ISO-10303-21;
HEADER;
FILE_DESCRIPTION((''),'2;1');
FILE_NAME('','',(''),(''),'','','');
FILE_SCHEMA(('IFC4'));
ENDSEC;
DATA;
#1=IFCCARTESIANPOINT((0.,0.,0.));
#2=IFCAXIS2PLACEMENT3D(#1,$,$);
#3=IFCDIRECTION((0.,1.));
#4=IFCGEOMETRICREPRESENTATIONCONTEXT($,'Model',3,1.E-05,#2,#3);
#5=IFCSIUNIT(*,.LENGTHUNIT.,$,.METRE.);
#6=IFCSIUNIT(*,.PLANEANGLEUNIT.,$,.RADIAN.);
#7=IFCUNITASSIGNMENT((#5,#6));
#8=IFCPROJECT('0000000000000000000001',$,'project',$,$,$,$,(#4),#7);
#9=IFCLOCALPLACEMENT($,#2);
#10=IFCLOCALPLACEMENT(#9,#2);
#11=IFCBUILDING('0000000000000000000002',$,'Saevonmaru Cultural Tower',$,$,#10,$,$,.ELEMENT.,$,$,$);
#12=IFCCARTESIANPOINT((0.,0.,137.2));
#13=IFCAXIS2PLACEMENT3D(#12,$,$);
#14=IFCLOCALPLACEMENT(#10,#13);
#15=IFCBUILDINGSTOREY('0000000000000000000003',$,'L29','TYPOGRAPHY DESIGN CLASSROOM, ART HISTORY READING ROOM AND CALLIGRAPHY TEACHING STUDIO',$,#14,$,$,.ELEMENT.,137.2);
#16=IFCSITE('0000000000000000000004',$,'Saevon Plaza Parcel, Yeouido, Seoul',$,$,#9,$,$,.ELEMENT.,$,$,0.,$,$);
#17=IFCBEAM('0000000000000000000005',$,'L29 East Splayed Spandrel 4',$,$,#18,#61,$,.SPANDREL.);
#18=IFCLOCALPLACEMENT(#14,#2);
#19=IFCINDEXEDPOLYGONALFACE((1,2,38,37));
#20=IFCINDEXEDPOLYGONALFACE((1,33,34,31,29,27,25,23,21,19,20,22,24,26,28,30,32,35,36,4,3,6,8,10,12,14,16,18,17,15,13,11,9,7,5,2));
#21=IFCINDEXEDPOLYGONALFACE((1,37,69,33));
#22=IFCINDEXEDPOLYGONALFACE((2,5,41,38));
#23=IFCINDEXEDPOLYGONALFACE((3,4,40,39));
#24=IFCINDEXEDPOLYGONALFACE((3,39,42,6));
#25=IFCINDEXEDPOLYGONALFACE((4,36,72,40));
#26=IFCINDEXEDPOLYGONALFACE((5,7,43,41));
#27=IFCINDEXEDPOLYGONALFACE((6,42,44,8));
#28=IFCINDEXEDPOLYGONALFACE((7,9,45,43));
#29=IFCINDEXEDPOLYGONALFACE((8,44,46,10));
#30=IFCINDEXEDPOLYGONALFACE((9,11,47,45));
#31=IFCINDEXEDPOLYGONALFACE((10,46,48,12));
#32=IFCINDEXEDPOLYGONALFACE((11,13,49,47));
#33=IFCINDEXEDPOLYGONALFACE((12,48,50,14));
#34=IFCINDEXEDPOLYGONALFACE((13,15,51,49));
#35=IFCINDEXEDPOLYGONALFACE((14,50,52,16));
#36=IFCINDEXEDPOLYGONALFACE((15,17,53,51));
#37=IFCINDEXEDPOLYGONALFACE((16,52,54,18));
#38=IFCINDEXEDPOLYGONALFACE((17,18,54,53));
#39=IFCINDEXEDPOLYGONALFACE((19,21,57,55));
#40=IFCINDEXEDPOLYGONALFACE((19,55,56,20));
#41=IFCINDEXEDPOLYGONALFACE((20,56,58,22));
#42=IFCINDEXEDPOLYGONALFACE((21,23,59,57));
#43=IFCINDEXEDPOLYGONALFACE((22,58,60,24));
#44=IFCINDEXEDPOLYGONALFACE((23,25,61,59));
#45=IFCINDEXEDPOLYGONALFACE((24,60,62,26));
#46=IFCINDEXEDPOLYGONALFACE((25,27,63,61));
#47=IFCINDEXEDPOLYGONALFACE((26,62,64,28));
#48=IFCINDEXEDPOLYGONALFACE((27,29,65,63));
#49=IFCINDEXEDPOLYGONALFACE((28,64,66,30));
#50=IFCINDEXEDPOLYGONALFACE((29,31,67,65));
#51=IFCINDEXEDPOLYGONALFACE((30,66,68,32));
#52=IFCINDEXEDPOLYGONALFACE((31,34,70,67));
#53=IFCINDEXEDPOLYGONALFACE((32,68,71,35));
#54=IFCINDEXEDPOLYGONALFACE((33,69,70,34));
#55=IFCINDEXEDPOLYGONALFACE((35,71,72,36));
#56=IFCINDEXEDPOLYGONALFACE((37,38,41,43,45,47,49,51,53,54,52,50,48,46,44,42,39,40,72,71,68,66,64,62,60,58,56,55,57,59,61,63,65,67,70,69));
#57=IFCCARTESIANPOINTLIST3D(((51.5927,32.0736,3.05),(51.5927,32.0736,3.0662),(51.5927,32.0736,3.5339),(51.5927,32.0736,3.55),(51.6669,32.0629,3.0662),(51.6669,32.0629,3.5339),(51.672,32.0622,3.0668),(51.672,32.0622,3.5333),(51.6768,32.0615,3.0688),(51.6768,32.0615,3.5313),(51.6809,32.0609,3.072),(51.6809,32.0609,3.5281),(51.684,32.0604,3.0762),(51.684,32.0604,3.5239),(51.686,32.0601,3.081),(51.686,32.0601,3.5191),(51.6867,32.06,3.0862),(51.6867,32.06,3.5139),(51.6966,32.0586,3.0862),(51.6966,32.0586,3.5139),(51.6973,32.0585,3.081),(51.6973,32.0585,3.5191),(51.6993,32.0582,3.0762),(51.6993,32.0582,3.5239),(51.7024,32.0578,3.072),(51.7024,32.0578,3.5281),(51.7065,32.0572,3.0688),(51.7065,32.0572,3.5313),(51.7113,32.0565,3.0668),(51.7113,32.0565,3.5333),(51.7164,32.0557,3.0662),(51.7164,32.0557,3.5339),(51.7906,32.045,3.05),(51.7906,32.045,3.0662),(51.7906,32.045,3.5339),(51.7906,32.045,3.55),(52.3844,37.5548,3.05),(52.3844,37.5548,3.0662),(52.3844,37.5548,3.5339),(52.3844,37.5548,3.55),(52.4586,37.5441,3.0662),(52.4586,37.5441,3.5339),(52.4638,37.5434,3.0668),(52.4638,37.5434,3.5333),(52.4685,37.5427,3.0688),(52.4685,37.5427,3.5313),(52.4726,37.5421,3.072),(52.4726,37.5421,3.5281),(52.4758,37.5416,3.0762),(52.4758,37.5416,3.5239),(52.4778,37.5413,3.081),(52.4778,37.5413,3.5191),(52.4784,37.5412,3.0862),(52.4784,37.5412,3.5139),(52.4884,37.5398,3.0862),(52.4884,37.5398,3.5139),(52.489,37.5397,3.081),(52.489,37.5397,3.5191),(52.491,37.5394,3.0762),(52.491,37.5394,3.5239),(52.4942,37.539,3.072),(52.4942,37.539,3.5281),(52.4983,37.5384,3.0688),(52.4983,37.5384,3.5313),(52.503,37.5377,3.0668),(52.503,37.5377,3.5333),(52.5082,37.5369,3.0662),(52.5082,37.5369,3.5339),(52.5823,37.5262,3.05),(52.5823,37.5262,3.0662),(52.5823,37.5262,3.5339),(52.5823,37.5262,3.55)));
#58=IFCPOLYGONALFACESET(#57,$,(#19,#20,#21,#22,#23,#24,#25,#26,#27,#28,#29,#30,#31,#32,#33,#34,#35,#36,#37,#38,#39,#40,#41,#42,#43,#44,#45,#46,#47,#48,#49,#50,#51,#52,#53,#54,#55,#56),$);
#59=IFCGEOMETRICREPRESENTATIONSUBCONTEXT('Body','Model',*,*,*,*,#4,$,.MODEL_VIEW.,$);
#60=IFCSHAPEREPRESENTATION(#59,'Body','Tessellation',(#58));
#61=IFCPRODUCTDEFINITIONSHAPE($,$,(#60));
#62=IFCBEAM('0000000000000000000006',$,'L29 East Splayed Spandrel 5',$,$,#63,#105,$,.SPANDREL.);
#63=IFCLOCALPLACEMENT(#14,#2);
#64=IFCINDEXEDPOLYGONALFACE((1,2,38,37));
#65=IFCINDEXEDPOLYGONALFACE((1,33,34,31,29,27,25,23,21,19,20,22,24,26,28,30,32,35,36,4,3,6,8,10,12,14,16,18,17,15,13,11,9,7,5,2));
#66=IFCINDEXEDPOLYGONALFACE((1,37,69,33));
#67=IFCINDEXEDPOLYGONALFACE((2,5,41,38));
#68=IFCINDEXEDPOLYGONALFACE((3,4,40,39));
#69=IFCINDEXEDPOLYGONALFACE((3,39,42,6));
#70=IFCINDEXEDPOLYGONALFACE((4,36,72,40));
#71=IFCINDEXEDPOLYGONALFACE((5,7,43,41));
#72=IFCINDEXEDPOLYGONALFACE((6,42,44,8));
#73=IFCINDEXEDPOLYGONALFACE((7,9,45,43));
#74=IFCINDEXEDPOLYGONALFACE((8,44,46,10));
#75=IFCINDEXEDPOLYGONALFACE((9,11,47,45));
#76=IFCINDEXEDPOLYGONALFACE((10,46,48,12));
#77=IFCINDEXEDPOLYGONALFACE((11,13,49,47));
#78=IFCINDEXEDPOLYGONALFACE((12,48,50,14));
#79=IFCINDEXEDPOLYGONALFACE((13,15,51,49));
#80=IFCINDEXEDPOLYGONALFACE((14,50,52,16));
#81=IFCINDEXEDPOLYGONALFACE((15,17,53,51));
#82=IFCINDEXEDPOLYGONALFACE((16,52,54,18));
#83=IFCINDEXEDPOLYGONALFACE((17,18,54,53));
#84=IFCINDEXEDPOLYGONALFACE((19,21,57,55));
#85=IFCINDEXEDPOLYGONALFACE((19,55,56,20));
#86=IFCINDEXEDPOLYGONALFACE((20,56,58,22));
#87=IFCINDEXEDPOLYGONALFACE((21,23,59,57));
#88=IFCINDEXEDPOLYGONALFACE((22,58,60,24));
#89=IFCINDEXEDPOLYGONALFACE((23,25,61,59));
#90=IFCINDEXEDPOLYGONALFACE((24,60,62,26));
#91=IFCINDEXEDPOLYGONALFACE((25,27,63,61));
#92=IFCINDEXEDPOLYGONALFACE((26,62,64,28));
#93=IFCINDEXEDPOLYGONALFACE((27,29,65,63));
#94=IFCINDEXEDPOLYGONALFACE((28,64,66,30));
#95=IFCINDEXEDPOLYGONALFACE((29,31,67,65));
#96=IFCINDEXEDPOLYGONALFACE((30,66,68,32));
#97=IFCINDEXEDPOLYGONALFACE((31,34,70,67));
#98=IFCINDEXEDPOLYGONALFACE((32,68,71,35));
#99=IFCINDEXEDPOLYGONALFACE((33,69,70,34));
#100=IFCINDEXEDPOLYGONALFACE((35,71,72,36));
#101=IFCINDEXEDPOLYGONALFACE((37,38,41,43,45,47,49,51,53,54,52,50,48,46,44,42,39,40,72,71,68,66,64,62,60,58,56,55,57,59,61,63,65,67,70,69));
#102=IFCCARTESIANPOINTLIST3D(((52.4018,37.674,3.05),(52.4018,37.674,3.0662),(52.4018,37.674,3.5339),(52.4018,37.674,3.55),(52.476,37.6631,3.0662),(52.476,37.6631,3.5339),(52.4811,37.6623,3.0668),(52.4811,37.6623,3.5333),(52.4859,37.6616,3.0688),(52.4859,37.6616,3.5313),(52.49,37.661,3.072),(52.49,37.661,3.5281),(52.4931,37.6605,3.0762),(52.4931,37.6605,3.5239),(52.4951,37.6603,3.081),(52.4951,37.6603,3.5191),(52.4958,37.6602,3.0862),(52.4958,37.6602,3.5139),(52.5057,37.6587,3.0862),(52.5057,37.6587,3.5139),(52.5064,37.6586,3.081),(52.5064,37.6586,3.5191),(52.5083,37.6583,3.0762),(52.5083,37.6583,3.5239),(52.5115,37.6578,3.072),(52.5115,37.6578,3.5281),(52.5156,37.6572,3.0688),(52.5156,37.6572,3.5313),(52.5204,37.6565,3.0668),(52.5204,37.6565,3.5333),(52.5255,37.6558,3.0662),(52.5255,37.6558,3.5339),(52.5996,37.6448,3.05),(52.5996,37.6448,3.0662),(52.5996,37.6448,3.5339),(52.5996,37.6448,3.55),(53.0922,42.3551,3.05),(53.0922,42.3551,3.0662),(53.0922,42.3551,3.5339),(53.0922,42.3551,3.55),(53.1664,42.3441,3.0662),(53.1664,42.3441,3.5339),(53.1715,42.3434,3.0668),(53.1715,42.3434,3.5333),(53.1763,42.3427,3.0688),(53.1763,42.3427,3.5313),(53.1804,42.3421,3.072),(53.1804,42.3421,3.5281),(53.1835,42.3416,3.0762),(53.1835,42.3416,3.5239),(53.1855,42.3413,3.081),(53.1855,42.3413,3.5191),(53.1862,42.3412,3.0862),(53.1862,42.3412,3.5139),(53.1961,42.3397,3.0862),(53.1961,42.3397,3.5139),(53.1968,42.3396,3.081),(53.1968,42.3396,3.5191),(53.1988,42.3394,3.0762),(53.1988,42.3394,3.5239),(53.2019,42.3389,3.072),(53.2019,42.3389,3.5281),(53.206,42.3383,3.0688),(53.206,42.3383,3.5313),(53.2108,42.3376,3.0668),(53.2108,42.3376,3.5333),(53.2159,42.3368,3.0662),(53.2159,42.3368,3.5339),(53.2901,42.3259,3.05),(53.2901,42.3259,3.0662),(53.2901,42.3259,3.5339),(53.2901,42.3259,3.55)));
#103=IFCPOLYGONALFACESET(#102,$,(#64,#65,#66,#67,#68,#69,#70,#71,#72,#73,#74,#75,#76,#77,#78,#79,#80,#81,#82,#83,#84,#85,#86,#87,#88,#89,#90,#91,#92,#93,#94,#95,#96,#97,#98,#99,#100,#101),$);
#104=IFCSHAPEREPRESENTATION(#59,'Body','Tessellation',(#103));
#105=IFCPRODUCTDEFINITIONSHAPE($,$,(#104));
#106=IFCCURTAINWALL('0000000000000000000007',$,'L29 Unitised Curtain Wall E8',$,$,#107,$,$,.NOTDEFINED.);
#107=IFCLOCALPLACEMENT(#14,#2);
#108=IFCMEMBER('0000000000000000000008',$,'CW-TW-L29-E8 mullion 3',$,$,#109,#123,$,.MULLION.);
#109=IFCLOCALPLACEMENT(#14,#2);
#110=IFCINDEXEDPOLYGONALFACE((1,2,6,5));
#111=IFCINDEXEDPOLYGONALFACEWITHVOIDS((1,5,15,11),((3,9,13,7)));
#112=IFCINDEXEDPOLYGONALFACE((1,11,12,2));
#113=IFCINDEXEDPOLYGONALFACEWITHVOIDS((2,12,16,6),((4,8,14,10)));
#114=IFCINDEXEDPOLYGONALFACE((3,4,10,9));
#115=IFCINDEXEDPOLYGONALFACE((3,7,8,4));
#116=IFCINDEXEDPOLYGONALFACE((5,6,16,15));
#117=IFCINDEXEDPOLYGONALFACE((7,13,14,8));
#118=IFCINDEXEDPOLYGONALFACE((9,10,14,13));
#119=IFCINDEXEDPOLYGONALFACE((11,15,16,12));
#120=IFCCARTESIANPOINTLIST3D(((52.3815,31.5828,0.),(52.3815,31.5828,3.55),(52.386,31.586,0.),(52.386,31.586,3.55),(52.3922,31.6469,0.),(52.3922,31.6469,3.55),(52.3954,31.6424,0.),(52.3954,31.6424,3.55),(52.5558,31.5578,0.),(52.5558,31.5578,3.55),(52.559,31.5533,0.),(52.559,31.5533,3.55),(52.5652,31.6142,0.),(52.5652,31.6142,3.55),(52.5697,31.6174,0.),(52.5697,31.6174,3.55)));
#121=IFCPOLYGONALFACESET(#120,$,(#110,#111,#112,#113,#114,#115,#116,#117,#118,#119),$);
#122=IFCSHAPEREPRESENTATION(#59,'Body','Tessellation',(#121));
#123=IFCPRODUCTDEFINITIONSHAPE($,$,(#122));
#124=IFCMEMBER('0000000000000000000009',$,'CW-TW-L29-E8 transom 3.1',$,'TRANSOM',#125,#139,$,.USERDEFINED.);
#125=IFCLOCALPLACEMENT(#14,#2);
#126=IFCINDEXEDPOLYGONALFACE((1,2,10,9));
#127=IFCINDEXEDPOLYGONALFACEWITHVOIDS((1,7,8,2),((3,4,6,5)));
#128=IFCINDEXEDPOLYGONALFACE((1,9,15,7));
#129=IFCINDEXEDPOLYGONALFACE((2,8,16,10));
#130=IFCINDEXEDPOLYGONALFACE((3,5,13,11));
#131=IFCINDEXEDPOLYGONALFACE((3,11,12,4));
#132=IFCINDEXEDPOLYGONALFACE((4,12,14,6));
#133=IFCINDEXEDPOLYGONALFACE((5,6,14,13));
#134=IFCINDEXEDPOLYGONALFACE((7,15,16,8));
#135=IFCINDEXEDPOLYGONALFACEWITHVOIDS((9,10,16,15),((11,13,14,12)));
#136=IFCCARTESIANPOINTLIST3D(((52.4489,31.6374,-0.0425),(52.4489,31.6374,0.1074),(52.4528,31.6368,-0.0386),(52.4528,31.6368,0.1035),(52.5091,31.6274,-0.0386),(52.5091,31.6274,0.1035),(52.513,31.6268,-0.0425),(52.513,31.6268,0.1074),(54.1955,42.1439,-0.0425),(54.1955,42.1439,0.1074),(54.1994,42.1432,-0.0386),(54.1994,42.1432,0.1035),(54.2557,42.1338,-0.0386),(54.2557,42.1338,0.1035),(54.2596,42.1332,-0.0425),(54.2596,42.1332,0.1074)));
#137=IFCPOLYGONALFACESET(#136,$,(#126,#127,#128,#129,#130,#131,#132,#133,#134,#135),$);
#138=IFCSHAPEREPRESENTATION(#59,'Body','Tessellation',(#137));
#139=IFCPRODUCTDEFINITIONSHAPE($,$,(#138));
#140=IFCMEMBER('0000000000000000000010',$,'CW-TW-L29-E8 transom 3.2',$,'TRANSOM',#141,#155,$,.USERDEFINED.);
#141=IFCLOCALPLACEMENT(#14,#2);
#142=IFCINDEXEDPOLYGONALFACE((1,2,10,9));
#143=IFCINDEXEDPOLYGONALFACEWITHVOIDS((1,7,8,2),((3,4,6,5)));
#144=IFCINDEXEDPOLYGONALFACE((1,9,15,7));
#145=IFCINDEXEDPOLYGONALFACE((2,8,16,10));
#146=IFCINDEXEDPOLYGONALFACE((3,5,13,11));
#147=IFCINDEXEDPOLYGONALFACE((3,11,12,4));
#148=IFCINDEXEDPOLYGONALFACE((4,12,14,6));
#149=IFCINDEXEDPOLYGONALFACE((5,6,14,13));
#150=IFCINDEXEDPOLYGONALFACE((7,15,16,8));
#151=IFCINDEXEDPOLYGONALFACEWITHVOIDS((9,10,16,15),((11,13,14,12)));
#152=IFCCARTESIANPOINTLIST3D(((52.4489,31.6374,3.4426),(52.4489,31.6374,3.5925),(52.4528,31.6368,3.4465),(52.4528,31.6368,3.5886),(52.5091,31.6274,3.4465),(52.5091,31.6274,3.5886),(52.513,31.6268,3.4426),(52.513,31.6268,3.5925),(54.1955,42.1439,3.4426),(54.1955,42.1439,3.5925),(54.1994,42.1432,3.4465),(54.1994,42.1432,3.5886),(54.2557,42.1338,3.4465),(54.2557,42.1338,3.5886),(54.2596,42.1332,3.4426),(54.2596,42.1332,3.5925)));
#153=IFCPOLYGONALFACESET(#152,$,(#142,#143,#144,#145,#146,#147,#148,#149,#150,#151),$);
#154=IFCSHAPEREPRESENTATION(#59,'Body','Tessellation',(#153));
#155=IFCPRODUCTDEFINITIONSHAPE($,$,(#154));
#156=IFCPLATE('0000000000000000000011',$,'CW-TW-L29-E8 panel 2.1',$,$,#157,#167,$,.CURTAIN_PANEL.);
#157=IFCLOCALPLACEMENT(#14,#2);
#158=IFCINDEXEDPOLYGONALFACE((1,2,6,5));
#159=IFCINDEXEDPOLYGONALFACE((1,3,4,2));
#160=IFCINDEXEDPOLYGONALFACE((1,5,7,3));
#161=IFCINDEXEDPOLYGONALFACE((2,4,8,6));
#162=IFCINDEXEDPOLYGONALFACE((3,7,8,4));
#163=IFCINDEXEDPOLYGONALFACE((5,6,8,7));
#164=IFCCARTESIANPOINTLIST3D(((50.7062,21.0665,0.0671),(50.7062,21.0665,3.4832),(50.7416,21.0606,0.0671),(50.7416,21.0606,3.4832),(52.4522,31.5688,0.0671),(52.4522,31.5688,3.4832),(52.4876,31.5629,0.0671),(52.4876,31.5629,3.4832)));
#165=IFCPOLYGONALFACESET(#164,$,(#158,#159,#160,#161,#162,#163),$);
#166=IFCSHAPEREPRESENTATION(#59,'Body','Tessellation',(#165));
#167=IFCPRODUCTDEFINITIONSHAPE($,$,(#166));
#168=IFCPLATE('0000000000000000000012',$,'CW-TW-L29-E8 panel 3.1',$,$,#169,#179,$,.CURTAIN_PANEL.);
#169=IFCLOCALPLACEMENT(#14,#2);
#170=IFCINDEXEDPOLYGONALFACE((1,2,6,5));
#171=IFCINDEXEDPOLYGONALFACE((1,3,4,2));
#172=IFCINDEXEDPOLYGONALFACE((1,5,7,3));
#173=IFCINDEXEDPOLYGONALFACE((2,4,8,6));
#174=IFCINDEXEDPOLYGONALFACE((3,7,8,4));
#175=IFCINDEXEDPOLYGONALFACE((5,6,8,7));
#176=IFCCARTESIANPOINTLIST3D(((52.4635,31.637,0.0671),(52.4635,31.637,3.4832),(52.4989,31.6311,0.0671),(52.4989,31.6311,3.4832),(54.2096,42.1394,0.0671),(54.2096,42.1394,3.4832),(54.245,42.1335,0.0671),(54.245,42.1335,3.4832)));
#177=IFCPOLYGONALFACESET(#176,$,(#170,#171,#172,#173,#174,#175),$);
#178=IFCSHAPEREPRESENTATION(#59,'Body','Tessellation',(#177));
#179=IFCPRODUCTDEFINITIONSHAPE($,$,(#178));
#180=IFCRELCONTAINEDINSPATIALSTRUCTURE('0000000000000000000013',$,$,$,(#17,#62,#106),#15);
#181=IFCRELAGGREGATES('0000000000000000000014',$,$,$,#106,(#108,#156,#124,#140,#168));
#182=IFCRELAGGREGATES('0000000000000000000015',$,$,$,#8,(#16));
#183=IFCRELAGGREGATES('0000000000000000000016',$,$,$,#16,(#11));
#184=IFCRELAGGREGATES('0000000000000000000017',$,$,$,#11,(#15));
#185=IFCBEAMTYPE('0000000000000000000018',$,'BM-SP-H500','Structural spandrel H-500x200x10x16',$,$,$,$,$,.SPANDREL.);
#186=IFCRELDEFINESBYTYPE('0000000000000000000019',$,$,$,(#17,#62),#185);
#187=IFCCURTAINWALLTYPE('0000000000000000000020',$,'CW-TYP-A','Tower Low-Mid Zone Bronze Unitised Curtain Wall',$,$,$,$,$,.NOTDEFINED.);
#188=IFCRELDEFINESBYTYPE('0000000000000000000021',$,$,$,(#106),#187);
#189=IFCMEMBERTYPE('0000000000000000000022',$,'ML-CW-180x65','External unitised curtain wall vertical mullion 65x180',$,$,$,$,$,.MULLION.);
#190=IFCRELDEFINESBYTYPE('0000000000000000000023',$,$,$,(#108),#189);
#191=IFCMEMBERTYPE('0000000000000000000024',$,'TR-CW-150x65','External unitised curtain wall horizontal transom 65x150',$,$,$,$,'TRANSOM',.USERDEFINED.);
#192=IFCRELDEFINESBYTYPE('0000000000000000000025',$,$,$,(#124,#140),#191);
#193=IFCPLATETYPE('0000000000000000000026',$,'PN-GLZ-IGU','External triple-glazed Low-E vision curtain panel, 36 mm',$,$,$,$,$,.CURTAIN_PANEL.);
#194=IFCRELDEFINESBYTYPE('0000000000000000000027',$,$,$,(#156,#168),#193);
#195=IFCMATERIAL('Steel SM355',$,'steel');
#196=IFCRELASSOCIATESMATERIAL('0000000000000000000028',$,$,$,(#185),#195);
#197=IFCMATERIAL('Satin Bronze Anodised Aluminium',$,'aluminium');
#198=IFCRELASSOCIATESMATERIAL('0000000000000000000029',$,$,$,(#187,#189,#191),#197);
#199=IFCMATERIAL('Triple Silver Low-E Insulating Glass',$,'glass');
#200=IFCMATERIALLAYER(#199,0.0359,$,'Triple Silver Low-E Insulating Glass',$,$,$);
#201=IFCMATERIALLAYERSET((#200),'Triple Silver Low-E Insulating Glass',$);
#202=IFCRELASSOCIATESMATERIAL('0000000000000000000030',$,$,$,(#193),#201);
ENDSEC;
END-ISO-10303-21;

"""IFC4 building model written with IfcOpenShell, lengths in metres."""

from ifc_helpers import new_model, si_unit, direction, frame, origin, origin_2d, place, context, subcontext, project, spatial, rectangle, hollow_rectangle, i_section, extrude, material, layer, layer_set, material_profile, profile_set, type_object, element, aggregate, save


model = new_model("IFC4")

# Units and contexts
model_context = context("Model", 3, precision=1e-05, world=origin(), true_north=direction((0.0, 1.0)))
body_context = subcontext(model_context, "Body", "Model", "MODEL_VIEW")
ifc_project = project(units=[si_unit("LENGTHUNIT", "METRE"), si_unit("PLANEANGLEUNIT", "RADIAN")], contexts=[model_context])

# Site, building, storey
site_placement = place(None, origin())
site = spatial("IfcSite", under=ifc_project, at=site_placement, Name="Saevon Plaza Parcel, Yeouido, Seoul", CompositionType="ELEMENT", RefElevation=0.0)
building_placement = place(site_placement, origin())
building = spatial("IfcBuilding", under=site, at=building_placement, Name="Saevonmaru Cultural Tower", CompositionType="ELEMENT")
storey_placement = place(building_placement, frame((0.0, 0.0, 137.2)))
storey = spatial("IfcBuildingStorey", under=building, at=storey_placement, Name="L29", Description="TYPOGRAPHY DESIGN CLASSROOM, ART HISTORY READING ROOM AND CALLIGRAPHY TEACHING STUDIO", CompositionType="ELEMENT", Elevation=137.2)

# Shared definitions
ifc_material_1 = material(Name="Steel SM355", Category="steel")

# Beams
ifc_material_profile_1 = material_profile(ifc_material_1, i_section(OverallWidth=0.2, OverallDepth=0.5, WebThickness=0.01, FlangeThickness=0.0161, FilletRadius=0.02, at=origin_2d()), Name="H-500x200x10x16")
ifc_profile_set_1 = profile_set([ifc_material_profile_1], Name="Steel SM355")
beam_type_1 = type_object("IfcBeamType", Name="BM-SP-H500", Description="Structural spandrel H-500x200x10x16", PredefinedType="SPANDREL", material=ifc_profile_set_1)
beam_1_placement = place(storey_placement, frame((51.6917, 32.0593, 3.3), z_axis=(0.142964, 0.989728, 0.0), x_axis=(-0.989728, 0.142964, 0.0)))
element("IfcBeam", 1, at=beam_1_placement, inside=storey, type_object=beam_type_1, Name="L29 East Splayed Spandrel 4", PredefinedType="SPANDREL", context=body_context, shape_type="SweptSolid", body=[
    extrude(i_section(OverallWidth=0.2, OverallDepth=0.5, WebThickness=0.01, FlangeThickness=0.0161, FilletRadius=0.02, at=origin_2d()), origin(), (0.0, 0.0, 1.0), 5.5381),
])
beam_2_placement = place(storey_placement, frame((52.5007, 37.6594, 3.3), z_axis=(0.145913, 0.989297, 0.0), x_axis=(-0.989297, 0.145913, 0.0)))
element("IfcBeam", 2, at=beam_2_placement, inside=storey, type_object=beam_type_1, Name="L29 East Splayed Spandrel 5", PredefinedType="SPANDREL", context=body_context, shape_type="SweptSolid", body=[
    extrude(i_section(OverallWidth=0.2, OverallDepth=0.5, WebThickness=0.01, FlangeThickness=0.0161, FilletRadius=0.02, at=origin_2d()), origin(), (0.0, 0.0, 1.0), 4.7317),
])

# Curtain wall, members, plates
ifc_material_2 = material(Name="Satin Bronze Anodised Aluminium", Category="aluminium")
curtain_wall_type = type_object("IfcCurtainWallType", Name="CW-TYP-A", Description="Tower Low-Mid Zone Bronze Unitised Curtain Wall", PredefinedType="NOTDEFINED", material=ifc_material_2)
curtain_wall_placement = place(storey_placement, origin())
curtain_wall = element("IfcCurtainWall", 3, at=curtain_wall_placement, inside=storey, type_object=curtain_wall_type, Name="L29 Unitised Curtain Wall E8", PredefinedType="NOTDEFINED")
ifc_material_profile_2 = material_profile(ifc_material_2, hollow_rectangle(XDim=0.0649, YDim=0.1799, WallThickness=0.0039, at=origin_2d()), Name="ALU-MULL-180x65x4")
ifc_profile_set_2 = profile_set([ifc_material_profile_2], Name="Satin Bronze Anodised Aluminium")
member_type_1 = type_object("IfcMemberType", Name="ML-CW-180x65", Description="External unitised curtain wall vertical mullion 65x180", PredefinedType="MULLION", material=ifc_profile_set_2)
member_1_placement = place(storey_placement, frame((52.4756, 31.6001, 0.0), z_axis=(0.0, 0.0, 1.0), x_axis=(0.163999, 0.986461, 0.0)))
member_1 = element("IfcMember", 4, at=member_1_placement, type_object=member_type_1, Name="CW-TW-L29-E8 mullion 3", PredefinedType="MULLION", context=body_context, shape_type="SweptSolid", body=[
    extrude(hollow_rectangle(XDim=0.0649, YDim=0.1799, WallThickness=0.0039, at=origin_2d()), origin(), (0.0, 0.0, 1.0), 3.55),
])
ifc_material_profile_3 = material_profile(ifc_material_2, hollow_rectangle(XDim=0.0649, YDim=0.1499, WallThickness=0.0039, at=origin_2d()), Name="ALU-TRAN-150x65x4")
ifc_profile_set_3 = profile_set([ifc_material_profile_3], Name="Satin Bronze Anodised Aluminium")
member_type_2 = type_object("IfcMemberType", Name="TR-CW-150x65", Description="External unitised curtain wall horizontal transom 65x150", ElementType="TRANSOM", PredefinedType="USERDEFINED", material=ifc_profile_set_3)
member_2_placement = place(storey_placement, frame((52.481, 31.6321, 0.0325), z_axis=(0.16399, 0.986462, 0.0), x_axis=(-0.986462, 0.16399, 0.0)))
member_2 = element("IfcMember", 5, at=member_2_placement, type_object=member_type_2, Name="CW-TW-L29-E8 transom 3.1", ObjectType="TRANSOM", PredefinedType="USERDEFINED", context=body_context, shape_type="SweptSolid", body=[
    extrude(hollow_rectangle(XDim=0.0649, YDim=0.1499, WallThickness=0.0039, at=origin_2d()), origin(), (0.0, 0.0, 1.0), 10.6506),
])
member_3_placement = place(storey_placement, frame((52.481, 31.6321, 3.5176), z_axis=(0.16399, 0.986462, 0.0), x_axis=(-0.986462, 0.16399, 0.0)))
member_3 = element("IfcMember", 6, at=member_3_placement, type_object=member_type_2, Name="CW-TW-L29-E8 transom 3.2", ObjectType="TRANSOM", PredefinedType="USERDEFINED", context=body_context, shape_type="SweptSolid", body=[
    extrude(hollow_rectangle(XDim=0.0649, YDim=0.1499, WallThickness=0.0039, at=origin_2d()), origin(), (0.0, 0.0, 1.0), 10.6506),
])
ifc_material_3 = material(Name="Triple Silver Low-E Insulating Glass", Category="glass")
ifc_layer_1 = layer(ifc_material_3, 0.0359, Name="Triple Silver Low-E Insulating Glass")
ifc_layer_set_1 = layer_set([ifc_layer_1], Name="Triple Silver Low-E Insulating Glass")
plate_type = type_object("IfcPlateType", Name="PN-GLZ-IGU", Description="External triple-glazed Low-E vision curtain panel, 36 mm", PredefinedType="CURTAIN_PANEL", material=ifc_layer_set_1)
plate_1_placement = place(storey_placement, frame((51.5969, 26.3147, 0.0671), z_axis=(0.0, 0.0, 1.0), x_axis=(0.163999, 0.986461, 0.0)))
plate_1 = element("IfcPlate", 7, at=plate_1_placement, type_object=plate_type, Name="CW-TW-L29-E8 panel 2.1", PredefinedType="CURTAIN_PANEL", context=body_context, shape_type="SweptSolid", body=[
    extrude(rectangle(XDim=10.6465, YDim=0.0359, at=origin_2d()), origin(), (0.0, 0.0, 1.0), 3.416),
])
plate_2_placement = place(storey_placement, frame((53.3542, 36.8853, 0.0671), z_axis=(0.0, 0.0, 1.0), x_axis=(0.163999, 0.986461, 0.0)))
plate_2 = element("IfcPlate", 8, at=plate_2_placement, type_object=plate_type, Name="CW-TW-L29-E8 panel 3.1", PredefinedType="CURTAIN_PANEL", context=body_context, shape_type="SweptSolid", body=[
    extrude(rectangle(XDim=10.6465, YDim=0.0359, at=origin_2d()), origin(), (0.0, 0.0, 1.0), 3.416),
])
aggregate(curtain_wall, [member_1, plate_1, member_2, member_3, plate_2])

save(model, "model.ifc")
